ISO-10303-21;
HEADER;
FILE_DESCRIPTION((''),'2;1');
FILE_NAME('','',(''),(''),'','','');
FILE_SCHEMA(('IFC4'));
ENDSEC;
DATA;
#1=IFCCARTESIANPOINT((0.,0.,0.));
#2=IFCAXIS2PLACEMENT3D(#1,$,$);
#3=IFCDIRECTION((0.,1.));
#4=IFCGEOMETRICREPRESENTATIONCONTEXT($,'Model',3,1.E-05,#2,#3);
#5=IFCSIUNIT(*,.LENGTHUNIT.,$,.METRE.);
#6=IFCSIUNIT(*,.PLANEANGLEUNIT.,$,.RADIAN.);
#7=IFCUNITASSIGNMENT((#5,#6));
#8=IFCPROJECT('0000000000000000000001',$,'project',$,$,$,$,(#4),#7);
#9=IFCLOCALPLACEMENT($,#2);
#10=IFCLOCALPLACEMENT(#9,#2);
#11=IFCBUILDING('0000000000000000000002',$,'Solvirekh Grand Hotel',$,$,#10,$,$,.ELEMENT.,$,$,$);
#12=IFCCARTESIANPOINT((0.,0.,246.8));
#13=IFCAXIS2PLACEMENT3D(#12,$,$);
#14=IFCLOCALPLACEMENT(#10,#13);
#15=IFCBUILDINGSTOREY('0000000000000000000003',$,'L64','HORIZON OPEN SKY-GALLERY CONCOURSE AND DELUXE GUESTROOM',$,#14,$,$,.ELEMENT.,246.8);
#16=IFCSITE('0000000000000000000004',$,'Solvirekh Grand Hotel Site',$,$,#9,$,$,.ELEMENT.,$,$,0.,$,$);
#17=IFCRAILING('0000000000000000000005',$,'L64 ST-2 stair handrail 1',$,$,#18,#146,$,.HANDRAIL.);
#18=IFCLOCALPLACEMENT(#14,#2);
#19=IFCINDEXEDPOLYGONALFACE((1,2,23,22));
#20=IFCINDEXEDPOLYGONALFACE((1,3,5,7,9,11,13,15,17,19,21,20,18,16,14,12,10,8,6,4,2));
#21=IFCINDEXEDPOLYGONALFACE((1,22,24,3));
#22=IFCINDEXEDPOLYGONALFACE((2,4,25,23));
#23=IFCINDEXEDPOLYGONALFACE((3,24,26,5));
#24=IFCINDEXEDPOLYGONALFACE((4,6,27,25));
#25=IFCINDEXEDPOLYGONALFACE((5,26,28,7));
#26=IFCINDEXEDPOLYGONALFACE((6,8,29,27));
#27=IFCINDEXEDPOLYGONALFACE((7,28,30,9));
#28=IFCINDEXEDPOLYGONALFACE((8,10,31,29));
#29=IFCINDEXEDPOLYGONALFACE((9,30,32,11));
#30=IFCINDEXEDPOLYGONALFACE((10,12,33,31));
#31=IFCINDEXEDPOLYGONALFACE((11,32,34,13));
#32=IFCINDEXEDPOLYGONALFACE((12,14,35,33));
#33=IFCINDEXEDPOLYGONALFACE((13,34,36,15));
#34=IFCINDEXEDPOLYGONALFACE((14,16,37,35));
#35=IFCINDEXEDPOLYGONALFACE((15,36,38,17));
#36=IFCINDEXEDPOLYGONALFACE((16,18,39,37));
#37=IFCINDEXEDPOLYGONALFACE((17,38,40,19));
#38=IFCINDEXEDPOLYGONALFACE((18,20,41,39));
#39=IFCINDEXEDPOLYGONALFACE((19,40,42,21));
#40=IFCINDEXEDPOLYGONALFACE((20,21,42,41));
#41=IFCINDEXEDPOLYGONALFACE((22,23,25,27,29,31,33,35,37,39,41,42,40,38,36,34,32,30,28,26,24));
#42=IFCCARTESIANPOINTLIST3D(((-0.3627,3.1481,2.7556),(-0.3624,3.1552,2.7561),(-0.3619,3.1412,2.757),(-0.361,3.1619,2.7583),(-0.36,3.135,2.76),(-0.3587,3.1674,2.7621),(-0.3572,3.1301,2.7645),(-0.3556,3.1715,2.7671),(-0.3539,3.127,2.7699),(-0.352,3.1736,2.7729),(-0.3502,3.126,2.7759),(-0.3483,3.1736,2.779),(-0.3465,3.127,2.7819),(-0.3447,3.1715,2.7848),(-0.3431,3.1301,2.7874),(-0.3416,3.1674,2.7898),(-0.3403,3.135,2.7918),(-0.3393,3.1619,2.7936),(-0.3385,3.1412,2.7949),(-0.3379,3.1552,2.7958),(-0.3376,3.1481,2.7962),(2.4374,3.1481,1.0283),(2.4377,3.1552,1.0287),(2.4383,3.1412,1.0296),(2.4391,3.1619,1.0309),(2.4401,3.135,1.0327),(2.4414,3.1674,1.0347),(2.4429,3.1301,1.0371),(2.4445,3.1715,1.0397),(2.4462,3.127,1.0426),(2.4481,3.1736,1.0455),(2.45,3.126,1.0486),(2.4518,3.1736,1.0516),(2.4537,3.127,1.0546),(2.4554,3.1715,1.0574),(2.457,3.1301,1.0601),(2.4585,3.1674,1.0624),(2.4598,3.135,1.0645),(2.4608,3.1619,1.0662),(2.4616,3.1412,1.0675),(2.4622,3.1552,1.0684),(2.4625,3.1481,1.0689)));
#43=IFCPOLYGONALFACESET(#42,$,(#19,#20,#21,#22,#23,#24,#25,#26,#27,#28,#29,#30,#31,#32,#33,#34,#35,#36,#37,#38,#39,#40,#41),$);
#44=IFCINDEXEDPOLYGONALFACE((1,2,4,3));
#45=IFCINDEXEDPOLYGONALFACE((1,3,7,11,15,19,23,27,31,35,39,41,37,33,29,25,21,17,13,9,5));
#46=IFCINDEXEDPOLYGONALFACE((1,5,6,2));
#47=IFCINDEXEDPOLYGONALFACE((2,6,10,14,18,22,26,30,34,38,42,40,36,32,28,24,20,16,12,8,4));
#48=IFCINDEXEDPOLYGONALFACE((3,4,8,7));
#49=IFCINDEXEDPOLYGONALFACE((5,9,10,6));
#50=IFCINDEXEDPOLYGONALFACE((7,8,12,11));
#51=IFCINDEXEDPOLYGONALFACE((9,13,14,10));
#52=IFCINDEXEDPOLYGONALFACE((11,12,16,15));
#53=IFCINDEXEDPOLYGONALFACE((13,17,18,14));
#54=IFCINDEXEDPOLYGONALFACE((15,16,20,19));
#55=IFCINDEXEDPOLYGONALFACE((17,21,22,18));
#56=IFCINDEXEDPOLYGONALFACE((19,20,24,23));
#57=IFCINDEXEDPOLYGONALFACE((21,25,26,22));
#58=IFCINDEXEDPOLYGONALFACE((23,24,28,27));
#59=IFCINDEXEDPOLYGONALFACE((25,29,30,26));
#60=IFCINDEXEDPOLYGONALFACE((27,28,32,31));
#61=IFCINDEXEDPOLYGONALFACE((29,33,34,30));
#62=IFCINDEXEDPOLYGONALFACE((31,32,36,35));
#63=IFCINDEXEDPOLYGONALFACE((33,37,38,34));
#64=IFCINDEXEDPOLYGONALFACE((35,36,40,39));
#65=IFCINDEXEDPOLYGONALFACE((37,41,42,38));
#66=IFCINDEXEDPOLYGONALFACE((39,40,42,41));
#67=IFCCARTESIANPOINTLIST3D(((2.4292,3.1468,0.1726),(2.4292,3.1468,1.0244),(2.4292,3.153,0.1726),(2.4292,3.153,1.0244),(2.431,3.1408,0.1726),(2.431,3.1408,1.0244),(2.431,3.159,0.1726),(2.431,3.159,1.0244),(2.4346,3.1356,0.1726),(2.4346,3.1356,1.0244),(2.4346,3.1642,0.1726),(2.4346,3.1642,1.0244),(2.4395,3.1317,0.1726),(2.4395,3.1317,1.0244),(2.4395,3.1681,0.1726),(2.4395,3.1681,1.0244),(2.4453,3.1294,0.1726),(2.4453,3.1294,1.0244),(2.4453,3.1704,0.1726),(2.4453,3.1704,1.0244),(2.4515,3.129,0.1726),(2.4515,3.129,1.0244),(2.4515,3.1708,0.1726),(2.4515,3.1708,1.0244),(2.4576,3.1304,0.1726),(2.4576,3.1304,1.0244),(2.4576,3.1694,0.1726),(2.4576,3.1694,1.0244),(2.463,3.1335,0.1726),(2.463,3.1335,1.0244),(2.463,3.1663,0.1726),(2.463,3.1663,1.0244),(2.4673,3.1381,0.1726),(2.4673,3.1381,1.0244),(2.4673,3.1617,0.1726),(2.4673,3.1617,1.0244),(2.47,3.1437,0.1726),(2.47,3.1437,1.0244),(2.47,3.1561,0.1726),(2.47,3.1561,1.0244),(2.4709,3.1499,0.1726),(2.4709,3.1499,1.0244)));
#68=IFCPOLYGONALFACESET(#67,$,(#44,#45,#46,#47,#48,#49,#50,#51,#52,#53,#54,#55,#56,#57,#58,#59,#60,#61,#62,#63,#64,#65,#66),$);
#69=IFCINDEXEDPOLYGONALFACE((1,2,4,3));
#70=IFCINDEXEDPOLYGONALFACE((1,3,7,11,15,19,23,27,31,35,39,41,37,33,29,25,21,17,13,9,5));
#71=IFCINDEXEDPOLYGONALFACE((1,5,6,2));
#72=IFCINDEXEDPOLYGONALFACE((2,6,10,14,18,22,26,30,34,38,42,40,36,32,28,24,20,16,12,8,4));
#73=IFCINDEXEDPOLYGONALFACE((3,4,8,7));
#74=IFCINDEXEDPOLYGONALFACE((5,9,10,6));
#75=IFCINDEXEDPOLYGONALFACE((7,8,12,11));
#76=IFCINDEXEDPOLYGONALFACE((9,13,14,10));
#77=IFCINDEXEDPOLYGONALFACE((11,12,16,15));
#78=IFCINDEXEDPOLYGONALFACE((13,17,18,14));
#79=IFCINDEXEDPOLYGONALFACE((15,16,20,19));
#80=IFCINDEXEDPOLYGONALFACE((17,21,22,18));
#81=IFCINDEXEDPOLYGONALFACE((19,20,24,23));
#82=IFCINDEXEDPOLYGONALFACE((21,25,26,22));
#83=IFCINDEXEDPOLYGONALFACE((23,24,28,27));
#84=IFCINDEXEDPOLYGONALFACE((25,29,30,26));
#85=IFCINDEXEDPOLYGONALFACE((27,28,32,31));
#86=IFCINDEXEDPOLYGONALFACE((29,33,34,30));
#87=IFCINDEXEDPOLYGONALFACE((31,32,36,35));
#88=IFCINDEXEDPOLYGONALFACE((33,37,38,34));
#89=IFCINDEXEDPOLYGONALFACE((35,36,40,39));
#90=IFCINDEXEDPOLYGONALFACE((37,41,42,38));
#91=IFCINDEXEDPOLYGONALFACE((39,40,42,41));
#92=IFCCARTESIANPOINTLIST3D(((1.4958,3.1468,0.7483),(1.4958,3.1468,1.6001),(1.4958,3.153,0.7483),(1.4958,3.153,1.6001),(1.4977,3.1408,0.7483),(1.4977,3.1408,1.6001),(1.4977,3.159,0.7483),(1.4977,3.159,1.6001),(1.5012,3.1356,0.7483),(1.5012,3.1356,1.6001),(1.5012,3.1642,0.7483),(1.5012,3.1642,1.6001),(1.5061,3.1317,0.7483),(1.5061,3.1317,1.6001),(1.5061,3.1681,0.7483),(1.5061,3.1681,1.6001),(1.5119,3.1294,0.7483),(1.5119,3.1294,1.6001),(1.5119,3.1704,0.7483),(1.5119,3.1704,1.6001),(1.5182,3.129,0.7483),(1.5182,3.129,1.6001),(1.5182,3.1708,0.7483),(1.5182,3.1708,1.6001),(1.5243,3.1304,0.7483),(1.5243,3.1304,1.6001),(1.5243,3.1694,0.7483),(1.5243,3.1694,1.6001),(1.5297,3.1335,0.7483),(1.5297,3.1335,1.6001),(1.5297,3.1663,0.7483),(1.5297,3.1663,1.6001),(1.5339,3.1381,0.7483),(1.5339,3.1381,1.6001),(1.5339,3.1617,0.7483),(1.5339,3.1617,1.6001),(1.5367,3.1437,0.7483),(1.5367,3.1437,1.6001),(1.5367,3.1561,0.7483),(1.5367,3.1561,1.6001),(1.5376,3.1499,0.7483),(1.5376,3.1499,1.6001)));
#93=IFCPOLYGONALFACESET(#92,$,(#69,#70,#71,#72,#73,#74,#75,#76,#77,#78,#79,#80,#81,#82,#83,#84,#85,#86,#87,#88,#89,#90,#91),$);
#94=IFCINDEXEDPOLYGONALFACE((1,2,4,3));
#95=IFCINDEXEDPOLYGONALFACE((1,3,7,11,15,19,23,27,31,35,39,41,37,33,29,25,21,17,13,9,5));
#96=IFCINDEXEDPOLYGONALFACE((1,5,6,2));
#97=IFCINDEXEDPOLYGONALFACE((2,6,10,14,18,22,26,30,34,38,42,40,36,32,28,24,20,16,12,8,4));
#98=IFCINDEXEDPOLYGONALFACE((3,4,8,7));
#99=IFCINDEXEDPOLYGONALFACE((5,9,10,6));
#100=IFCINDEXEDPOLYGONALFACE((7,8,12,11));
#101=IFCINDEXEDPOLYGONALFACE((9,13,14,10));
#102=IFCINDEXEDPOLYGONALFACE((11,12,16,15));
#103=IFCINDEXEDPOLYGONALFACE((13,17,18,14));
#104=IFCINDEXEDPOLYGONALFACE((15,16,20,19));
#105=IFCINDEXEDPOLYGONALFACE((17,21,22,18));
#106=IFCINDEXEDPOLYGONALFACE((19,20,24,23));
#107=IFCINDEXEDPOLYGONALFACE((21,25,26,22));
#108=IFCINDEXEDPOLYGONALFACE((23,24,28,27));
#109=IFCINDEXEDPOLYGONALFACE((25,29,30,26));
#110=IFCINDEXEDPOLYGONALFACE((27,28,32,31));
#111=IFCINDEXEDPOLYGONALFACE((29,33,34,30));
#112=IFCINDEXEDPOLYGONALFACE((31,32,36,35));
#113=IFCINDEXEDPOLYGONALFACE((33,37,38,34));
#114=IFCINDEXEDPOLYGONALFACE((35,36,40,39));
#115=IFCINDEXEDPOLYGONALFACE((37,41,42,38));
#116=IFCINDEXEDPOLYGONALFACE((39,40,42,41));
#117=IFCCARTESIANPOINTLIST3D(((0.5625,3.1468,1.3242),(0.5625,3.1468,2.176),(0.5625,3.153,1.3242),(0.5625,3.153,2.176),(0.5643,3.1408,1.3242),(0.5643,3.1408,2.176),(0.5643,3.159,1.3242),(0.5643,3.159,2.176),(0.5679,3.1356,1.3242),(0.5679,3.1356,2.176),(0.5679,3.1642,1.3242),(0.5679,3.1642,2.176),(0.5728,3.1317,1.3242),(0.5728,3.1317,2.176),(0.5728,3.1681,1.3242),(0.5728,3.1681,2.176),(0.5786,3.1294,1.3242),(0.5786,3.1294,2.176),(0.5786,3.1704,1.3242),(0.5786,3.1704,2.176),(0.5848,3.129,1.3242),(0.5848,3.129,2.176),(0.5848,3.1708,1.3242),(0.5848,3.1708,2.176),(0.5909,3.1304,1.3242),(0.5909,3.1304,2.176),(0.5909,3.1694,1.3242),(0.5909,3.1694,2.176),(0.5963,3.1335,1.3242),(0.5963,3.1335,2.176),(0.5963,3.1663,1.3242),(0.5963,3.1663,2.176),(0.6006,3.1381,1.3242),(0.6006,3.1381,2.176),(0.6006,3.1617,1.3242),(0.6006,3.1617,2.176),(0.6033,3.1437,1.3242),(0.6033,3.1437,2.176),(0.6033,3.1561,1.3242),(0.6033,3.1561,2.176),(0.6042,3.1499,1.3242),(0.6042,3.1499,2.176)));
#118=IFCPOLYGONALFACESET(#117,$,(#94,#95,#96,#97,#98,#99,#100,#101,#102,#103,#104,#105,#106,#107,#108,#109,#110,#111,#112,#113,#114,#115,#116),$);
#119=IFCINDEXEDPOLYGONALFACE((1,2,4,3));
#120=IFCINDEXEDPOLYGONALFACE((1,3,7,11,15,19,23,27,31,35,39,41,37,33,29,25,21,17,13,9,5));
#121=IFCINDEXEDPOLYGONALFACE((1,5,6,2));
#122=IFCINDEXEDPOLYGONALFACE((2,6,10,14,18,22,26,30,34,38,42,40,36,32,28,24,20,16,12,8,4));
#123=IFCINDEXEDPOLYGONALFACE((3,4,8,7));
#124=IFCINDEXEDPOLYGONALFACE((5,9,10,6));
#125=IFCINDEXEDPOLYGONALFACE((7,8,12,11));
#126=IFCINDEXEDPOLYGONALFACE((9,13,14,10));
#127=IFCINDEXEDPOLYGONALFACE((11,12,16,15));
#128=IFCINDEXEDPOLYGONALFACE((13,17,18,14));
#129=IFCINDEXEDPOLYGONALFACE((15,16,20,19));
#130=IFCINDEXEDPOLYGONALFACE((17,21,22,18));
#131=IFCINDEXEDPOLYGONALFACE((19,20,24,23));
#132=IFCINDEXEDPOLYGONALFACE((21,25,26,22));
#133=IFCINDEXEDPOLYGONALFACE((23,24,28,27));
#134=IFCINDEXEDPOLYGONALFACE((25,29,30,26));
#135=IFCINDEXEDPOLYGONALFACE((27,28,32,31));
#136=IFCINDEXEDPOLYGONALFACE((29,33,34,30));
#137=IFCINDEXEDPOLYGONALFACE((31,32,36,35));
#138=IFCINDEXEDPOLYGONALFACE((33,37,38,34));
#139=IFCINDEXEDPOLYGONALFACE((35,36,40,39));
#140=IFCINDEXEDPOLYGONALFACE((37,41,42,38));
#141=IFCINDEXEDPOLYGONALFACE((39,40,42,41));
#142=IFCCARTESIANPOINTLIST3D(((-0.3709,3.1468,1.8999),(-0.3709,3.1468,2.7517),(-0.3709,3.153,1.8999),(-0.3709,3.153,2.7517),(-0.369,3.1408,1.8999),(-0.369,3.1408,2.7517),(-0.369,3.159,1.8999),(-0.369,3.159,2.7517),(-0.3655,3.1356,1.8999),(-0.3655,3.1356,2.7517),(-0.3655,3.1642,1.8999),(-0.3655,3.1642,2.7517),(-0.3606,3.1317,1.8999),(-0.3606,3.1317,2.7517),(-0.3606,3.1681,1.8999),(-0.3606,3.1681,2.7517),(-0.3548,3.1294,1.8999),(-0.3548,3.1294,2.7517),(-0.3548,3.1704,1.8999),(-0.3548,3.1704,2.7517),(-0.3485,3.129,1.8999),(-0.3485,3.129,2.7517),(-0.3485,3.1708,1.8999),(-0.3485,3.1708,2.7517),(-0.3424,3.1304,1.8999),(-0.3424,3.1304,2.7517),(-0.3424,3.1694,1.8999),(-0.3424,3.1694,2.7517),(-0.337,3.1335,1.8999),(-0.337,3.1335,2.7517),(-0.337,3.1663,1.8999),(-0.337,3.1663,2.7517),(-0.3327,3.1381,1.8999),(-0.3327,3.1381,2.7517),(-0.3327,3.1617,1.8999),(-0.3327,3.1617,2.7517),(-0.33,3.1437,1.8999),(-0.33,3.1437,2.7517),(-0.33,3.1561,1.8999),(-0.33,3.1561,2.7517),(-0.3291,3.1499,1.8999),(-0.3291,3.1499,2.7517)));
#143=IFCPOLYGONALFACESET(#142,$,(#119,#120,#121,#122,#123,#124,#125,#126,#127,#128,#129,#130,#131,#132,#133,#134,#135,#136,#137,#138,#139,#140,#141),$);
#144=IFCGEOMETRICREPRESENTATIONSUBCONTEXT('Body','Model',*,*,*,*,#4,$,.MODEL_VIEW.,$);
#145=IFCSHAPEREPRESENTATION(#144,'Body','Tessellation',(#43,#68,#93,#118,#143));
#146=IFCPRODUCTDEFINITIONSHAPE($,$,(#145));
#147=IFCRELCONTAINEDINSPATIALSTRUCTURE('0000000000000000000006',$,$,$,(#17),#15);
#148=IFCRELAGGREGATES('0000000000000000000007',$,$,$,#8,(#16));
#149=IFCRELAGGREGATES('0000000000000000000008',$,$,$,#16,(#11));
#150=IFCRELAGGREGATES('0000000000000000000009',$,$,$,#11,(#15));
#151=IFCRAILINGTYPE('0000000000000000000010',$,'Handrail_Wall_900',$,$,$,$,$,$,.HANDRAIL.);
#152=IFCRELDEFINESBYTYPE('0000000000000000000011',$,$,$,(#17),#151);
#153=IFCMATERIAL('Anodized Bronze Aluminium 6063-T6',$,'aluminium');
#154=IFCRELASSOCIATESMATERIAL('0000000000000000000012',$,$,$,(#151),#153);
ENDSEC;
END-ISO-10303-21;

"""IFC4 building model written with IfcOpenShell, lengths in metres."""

from ifc_helpers import new_model, si_unit, direction, frame, origin, origin_2d, place, context, subcontext, project, spatial, circle, extrude, material, type_object, element, save


model = new_model("IFC4")

# Units and contexts
model_context = context("Model", 3, precision=1e-05, world=origin(), true_north=direction((0.0, 1.0)))
body_context = subcontext(model_context, "Body", "Model", "MODEL_VIEW")
ifc_project = project(units=[si_unit("LENGTHUNIT", "METRE"), si_unit("PLANEANGLEUNIT", "RADIAN")], contexts=[model_context])

# Site, building, storey
site_placement = place(None, origin())
site = spatial("IfcSite", under=ifc_project, at=site_placement, Name="Solvirekh Grand Hotel Site", CompositionType="ELEMENT", RefElevation=0.0)
building_placement = place(site_placement, origin())
building = spatial("IfcBuilding", under=site, at=building_placement, Name="Solvirekh Grand Hotel", CompositionType="ELEMENT")
storey_placement = place(building_placement, frame((0.0, 0.0, 246.8)))
storey = spatial("IfcBuildingStorey", under=building, at=storey_placement, Name="L64", Description="HORIZON OPEN SKY-GALLERY CONCOURSE AND DELUXE GUESTROOM", CompositionType="ELEMENT", Elevation=246.8)

# Shared definitions
ifc_material_1 = material(Name="Anodized Bronze Aluminium 6063-T6", Category="aluminium")

# Railing
railing_type_1 = type_object("IfcRailingType", Name="Handrail_Wall_900", PredefinedType="HANDRAIL", material=ifc_material_1)
railing_1_placement = place(storey_placement, frame((2.45, 3.1499, 0.1726)))
element("IfcRailing", 1, at=railing_1_placement, inside=storey, type_object=railing_type_1, Name="L64 ST-2 stair handrail 1", PredefinedType="HANDRAIL", context=body_context, shape_type="SweptSolid", body=[
    extrude(circle(Radius=0.0239, at=origin_2d()), frame((0.0, 0.0, 0.876), z_axis=(-0.85109, 0.0, 0.52502), x_axis=(0.0, -1.0, 0.0)), (0.0, 0.0, 1.0), 3.29),
    extrude(circle(Radius=0.021, at=origin_2d()), origin(), (0.0, 0.0, 1.0), 0.8518),
    extrude(circle(Radius=0.021, at=origin_2d()), frame((-0.9333, 0.0, 0.5757)), (0.0, 0.0, 1.0), 0.8518),
    extrude(circle(Radius=0.021, at=origin_2d()), frame((-1.8667, 0.0, 1.1516)), (0.0, 0.0, 1.0), 0.8518),
    extrude(circle(Radius=0.021, at=origin_2d()), frame((-2.8, 0.0, 1.7273)), (0.0, 0.0, 1.0), 0.8518),
])

save(model, "model.ifc")
